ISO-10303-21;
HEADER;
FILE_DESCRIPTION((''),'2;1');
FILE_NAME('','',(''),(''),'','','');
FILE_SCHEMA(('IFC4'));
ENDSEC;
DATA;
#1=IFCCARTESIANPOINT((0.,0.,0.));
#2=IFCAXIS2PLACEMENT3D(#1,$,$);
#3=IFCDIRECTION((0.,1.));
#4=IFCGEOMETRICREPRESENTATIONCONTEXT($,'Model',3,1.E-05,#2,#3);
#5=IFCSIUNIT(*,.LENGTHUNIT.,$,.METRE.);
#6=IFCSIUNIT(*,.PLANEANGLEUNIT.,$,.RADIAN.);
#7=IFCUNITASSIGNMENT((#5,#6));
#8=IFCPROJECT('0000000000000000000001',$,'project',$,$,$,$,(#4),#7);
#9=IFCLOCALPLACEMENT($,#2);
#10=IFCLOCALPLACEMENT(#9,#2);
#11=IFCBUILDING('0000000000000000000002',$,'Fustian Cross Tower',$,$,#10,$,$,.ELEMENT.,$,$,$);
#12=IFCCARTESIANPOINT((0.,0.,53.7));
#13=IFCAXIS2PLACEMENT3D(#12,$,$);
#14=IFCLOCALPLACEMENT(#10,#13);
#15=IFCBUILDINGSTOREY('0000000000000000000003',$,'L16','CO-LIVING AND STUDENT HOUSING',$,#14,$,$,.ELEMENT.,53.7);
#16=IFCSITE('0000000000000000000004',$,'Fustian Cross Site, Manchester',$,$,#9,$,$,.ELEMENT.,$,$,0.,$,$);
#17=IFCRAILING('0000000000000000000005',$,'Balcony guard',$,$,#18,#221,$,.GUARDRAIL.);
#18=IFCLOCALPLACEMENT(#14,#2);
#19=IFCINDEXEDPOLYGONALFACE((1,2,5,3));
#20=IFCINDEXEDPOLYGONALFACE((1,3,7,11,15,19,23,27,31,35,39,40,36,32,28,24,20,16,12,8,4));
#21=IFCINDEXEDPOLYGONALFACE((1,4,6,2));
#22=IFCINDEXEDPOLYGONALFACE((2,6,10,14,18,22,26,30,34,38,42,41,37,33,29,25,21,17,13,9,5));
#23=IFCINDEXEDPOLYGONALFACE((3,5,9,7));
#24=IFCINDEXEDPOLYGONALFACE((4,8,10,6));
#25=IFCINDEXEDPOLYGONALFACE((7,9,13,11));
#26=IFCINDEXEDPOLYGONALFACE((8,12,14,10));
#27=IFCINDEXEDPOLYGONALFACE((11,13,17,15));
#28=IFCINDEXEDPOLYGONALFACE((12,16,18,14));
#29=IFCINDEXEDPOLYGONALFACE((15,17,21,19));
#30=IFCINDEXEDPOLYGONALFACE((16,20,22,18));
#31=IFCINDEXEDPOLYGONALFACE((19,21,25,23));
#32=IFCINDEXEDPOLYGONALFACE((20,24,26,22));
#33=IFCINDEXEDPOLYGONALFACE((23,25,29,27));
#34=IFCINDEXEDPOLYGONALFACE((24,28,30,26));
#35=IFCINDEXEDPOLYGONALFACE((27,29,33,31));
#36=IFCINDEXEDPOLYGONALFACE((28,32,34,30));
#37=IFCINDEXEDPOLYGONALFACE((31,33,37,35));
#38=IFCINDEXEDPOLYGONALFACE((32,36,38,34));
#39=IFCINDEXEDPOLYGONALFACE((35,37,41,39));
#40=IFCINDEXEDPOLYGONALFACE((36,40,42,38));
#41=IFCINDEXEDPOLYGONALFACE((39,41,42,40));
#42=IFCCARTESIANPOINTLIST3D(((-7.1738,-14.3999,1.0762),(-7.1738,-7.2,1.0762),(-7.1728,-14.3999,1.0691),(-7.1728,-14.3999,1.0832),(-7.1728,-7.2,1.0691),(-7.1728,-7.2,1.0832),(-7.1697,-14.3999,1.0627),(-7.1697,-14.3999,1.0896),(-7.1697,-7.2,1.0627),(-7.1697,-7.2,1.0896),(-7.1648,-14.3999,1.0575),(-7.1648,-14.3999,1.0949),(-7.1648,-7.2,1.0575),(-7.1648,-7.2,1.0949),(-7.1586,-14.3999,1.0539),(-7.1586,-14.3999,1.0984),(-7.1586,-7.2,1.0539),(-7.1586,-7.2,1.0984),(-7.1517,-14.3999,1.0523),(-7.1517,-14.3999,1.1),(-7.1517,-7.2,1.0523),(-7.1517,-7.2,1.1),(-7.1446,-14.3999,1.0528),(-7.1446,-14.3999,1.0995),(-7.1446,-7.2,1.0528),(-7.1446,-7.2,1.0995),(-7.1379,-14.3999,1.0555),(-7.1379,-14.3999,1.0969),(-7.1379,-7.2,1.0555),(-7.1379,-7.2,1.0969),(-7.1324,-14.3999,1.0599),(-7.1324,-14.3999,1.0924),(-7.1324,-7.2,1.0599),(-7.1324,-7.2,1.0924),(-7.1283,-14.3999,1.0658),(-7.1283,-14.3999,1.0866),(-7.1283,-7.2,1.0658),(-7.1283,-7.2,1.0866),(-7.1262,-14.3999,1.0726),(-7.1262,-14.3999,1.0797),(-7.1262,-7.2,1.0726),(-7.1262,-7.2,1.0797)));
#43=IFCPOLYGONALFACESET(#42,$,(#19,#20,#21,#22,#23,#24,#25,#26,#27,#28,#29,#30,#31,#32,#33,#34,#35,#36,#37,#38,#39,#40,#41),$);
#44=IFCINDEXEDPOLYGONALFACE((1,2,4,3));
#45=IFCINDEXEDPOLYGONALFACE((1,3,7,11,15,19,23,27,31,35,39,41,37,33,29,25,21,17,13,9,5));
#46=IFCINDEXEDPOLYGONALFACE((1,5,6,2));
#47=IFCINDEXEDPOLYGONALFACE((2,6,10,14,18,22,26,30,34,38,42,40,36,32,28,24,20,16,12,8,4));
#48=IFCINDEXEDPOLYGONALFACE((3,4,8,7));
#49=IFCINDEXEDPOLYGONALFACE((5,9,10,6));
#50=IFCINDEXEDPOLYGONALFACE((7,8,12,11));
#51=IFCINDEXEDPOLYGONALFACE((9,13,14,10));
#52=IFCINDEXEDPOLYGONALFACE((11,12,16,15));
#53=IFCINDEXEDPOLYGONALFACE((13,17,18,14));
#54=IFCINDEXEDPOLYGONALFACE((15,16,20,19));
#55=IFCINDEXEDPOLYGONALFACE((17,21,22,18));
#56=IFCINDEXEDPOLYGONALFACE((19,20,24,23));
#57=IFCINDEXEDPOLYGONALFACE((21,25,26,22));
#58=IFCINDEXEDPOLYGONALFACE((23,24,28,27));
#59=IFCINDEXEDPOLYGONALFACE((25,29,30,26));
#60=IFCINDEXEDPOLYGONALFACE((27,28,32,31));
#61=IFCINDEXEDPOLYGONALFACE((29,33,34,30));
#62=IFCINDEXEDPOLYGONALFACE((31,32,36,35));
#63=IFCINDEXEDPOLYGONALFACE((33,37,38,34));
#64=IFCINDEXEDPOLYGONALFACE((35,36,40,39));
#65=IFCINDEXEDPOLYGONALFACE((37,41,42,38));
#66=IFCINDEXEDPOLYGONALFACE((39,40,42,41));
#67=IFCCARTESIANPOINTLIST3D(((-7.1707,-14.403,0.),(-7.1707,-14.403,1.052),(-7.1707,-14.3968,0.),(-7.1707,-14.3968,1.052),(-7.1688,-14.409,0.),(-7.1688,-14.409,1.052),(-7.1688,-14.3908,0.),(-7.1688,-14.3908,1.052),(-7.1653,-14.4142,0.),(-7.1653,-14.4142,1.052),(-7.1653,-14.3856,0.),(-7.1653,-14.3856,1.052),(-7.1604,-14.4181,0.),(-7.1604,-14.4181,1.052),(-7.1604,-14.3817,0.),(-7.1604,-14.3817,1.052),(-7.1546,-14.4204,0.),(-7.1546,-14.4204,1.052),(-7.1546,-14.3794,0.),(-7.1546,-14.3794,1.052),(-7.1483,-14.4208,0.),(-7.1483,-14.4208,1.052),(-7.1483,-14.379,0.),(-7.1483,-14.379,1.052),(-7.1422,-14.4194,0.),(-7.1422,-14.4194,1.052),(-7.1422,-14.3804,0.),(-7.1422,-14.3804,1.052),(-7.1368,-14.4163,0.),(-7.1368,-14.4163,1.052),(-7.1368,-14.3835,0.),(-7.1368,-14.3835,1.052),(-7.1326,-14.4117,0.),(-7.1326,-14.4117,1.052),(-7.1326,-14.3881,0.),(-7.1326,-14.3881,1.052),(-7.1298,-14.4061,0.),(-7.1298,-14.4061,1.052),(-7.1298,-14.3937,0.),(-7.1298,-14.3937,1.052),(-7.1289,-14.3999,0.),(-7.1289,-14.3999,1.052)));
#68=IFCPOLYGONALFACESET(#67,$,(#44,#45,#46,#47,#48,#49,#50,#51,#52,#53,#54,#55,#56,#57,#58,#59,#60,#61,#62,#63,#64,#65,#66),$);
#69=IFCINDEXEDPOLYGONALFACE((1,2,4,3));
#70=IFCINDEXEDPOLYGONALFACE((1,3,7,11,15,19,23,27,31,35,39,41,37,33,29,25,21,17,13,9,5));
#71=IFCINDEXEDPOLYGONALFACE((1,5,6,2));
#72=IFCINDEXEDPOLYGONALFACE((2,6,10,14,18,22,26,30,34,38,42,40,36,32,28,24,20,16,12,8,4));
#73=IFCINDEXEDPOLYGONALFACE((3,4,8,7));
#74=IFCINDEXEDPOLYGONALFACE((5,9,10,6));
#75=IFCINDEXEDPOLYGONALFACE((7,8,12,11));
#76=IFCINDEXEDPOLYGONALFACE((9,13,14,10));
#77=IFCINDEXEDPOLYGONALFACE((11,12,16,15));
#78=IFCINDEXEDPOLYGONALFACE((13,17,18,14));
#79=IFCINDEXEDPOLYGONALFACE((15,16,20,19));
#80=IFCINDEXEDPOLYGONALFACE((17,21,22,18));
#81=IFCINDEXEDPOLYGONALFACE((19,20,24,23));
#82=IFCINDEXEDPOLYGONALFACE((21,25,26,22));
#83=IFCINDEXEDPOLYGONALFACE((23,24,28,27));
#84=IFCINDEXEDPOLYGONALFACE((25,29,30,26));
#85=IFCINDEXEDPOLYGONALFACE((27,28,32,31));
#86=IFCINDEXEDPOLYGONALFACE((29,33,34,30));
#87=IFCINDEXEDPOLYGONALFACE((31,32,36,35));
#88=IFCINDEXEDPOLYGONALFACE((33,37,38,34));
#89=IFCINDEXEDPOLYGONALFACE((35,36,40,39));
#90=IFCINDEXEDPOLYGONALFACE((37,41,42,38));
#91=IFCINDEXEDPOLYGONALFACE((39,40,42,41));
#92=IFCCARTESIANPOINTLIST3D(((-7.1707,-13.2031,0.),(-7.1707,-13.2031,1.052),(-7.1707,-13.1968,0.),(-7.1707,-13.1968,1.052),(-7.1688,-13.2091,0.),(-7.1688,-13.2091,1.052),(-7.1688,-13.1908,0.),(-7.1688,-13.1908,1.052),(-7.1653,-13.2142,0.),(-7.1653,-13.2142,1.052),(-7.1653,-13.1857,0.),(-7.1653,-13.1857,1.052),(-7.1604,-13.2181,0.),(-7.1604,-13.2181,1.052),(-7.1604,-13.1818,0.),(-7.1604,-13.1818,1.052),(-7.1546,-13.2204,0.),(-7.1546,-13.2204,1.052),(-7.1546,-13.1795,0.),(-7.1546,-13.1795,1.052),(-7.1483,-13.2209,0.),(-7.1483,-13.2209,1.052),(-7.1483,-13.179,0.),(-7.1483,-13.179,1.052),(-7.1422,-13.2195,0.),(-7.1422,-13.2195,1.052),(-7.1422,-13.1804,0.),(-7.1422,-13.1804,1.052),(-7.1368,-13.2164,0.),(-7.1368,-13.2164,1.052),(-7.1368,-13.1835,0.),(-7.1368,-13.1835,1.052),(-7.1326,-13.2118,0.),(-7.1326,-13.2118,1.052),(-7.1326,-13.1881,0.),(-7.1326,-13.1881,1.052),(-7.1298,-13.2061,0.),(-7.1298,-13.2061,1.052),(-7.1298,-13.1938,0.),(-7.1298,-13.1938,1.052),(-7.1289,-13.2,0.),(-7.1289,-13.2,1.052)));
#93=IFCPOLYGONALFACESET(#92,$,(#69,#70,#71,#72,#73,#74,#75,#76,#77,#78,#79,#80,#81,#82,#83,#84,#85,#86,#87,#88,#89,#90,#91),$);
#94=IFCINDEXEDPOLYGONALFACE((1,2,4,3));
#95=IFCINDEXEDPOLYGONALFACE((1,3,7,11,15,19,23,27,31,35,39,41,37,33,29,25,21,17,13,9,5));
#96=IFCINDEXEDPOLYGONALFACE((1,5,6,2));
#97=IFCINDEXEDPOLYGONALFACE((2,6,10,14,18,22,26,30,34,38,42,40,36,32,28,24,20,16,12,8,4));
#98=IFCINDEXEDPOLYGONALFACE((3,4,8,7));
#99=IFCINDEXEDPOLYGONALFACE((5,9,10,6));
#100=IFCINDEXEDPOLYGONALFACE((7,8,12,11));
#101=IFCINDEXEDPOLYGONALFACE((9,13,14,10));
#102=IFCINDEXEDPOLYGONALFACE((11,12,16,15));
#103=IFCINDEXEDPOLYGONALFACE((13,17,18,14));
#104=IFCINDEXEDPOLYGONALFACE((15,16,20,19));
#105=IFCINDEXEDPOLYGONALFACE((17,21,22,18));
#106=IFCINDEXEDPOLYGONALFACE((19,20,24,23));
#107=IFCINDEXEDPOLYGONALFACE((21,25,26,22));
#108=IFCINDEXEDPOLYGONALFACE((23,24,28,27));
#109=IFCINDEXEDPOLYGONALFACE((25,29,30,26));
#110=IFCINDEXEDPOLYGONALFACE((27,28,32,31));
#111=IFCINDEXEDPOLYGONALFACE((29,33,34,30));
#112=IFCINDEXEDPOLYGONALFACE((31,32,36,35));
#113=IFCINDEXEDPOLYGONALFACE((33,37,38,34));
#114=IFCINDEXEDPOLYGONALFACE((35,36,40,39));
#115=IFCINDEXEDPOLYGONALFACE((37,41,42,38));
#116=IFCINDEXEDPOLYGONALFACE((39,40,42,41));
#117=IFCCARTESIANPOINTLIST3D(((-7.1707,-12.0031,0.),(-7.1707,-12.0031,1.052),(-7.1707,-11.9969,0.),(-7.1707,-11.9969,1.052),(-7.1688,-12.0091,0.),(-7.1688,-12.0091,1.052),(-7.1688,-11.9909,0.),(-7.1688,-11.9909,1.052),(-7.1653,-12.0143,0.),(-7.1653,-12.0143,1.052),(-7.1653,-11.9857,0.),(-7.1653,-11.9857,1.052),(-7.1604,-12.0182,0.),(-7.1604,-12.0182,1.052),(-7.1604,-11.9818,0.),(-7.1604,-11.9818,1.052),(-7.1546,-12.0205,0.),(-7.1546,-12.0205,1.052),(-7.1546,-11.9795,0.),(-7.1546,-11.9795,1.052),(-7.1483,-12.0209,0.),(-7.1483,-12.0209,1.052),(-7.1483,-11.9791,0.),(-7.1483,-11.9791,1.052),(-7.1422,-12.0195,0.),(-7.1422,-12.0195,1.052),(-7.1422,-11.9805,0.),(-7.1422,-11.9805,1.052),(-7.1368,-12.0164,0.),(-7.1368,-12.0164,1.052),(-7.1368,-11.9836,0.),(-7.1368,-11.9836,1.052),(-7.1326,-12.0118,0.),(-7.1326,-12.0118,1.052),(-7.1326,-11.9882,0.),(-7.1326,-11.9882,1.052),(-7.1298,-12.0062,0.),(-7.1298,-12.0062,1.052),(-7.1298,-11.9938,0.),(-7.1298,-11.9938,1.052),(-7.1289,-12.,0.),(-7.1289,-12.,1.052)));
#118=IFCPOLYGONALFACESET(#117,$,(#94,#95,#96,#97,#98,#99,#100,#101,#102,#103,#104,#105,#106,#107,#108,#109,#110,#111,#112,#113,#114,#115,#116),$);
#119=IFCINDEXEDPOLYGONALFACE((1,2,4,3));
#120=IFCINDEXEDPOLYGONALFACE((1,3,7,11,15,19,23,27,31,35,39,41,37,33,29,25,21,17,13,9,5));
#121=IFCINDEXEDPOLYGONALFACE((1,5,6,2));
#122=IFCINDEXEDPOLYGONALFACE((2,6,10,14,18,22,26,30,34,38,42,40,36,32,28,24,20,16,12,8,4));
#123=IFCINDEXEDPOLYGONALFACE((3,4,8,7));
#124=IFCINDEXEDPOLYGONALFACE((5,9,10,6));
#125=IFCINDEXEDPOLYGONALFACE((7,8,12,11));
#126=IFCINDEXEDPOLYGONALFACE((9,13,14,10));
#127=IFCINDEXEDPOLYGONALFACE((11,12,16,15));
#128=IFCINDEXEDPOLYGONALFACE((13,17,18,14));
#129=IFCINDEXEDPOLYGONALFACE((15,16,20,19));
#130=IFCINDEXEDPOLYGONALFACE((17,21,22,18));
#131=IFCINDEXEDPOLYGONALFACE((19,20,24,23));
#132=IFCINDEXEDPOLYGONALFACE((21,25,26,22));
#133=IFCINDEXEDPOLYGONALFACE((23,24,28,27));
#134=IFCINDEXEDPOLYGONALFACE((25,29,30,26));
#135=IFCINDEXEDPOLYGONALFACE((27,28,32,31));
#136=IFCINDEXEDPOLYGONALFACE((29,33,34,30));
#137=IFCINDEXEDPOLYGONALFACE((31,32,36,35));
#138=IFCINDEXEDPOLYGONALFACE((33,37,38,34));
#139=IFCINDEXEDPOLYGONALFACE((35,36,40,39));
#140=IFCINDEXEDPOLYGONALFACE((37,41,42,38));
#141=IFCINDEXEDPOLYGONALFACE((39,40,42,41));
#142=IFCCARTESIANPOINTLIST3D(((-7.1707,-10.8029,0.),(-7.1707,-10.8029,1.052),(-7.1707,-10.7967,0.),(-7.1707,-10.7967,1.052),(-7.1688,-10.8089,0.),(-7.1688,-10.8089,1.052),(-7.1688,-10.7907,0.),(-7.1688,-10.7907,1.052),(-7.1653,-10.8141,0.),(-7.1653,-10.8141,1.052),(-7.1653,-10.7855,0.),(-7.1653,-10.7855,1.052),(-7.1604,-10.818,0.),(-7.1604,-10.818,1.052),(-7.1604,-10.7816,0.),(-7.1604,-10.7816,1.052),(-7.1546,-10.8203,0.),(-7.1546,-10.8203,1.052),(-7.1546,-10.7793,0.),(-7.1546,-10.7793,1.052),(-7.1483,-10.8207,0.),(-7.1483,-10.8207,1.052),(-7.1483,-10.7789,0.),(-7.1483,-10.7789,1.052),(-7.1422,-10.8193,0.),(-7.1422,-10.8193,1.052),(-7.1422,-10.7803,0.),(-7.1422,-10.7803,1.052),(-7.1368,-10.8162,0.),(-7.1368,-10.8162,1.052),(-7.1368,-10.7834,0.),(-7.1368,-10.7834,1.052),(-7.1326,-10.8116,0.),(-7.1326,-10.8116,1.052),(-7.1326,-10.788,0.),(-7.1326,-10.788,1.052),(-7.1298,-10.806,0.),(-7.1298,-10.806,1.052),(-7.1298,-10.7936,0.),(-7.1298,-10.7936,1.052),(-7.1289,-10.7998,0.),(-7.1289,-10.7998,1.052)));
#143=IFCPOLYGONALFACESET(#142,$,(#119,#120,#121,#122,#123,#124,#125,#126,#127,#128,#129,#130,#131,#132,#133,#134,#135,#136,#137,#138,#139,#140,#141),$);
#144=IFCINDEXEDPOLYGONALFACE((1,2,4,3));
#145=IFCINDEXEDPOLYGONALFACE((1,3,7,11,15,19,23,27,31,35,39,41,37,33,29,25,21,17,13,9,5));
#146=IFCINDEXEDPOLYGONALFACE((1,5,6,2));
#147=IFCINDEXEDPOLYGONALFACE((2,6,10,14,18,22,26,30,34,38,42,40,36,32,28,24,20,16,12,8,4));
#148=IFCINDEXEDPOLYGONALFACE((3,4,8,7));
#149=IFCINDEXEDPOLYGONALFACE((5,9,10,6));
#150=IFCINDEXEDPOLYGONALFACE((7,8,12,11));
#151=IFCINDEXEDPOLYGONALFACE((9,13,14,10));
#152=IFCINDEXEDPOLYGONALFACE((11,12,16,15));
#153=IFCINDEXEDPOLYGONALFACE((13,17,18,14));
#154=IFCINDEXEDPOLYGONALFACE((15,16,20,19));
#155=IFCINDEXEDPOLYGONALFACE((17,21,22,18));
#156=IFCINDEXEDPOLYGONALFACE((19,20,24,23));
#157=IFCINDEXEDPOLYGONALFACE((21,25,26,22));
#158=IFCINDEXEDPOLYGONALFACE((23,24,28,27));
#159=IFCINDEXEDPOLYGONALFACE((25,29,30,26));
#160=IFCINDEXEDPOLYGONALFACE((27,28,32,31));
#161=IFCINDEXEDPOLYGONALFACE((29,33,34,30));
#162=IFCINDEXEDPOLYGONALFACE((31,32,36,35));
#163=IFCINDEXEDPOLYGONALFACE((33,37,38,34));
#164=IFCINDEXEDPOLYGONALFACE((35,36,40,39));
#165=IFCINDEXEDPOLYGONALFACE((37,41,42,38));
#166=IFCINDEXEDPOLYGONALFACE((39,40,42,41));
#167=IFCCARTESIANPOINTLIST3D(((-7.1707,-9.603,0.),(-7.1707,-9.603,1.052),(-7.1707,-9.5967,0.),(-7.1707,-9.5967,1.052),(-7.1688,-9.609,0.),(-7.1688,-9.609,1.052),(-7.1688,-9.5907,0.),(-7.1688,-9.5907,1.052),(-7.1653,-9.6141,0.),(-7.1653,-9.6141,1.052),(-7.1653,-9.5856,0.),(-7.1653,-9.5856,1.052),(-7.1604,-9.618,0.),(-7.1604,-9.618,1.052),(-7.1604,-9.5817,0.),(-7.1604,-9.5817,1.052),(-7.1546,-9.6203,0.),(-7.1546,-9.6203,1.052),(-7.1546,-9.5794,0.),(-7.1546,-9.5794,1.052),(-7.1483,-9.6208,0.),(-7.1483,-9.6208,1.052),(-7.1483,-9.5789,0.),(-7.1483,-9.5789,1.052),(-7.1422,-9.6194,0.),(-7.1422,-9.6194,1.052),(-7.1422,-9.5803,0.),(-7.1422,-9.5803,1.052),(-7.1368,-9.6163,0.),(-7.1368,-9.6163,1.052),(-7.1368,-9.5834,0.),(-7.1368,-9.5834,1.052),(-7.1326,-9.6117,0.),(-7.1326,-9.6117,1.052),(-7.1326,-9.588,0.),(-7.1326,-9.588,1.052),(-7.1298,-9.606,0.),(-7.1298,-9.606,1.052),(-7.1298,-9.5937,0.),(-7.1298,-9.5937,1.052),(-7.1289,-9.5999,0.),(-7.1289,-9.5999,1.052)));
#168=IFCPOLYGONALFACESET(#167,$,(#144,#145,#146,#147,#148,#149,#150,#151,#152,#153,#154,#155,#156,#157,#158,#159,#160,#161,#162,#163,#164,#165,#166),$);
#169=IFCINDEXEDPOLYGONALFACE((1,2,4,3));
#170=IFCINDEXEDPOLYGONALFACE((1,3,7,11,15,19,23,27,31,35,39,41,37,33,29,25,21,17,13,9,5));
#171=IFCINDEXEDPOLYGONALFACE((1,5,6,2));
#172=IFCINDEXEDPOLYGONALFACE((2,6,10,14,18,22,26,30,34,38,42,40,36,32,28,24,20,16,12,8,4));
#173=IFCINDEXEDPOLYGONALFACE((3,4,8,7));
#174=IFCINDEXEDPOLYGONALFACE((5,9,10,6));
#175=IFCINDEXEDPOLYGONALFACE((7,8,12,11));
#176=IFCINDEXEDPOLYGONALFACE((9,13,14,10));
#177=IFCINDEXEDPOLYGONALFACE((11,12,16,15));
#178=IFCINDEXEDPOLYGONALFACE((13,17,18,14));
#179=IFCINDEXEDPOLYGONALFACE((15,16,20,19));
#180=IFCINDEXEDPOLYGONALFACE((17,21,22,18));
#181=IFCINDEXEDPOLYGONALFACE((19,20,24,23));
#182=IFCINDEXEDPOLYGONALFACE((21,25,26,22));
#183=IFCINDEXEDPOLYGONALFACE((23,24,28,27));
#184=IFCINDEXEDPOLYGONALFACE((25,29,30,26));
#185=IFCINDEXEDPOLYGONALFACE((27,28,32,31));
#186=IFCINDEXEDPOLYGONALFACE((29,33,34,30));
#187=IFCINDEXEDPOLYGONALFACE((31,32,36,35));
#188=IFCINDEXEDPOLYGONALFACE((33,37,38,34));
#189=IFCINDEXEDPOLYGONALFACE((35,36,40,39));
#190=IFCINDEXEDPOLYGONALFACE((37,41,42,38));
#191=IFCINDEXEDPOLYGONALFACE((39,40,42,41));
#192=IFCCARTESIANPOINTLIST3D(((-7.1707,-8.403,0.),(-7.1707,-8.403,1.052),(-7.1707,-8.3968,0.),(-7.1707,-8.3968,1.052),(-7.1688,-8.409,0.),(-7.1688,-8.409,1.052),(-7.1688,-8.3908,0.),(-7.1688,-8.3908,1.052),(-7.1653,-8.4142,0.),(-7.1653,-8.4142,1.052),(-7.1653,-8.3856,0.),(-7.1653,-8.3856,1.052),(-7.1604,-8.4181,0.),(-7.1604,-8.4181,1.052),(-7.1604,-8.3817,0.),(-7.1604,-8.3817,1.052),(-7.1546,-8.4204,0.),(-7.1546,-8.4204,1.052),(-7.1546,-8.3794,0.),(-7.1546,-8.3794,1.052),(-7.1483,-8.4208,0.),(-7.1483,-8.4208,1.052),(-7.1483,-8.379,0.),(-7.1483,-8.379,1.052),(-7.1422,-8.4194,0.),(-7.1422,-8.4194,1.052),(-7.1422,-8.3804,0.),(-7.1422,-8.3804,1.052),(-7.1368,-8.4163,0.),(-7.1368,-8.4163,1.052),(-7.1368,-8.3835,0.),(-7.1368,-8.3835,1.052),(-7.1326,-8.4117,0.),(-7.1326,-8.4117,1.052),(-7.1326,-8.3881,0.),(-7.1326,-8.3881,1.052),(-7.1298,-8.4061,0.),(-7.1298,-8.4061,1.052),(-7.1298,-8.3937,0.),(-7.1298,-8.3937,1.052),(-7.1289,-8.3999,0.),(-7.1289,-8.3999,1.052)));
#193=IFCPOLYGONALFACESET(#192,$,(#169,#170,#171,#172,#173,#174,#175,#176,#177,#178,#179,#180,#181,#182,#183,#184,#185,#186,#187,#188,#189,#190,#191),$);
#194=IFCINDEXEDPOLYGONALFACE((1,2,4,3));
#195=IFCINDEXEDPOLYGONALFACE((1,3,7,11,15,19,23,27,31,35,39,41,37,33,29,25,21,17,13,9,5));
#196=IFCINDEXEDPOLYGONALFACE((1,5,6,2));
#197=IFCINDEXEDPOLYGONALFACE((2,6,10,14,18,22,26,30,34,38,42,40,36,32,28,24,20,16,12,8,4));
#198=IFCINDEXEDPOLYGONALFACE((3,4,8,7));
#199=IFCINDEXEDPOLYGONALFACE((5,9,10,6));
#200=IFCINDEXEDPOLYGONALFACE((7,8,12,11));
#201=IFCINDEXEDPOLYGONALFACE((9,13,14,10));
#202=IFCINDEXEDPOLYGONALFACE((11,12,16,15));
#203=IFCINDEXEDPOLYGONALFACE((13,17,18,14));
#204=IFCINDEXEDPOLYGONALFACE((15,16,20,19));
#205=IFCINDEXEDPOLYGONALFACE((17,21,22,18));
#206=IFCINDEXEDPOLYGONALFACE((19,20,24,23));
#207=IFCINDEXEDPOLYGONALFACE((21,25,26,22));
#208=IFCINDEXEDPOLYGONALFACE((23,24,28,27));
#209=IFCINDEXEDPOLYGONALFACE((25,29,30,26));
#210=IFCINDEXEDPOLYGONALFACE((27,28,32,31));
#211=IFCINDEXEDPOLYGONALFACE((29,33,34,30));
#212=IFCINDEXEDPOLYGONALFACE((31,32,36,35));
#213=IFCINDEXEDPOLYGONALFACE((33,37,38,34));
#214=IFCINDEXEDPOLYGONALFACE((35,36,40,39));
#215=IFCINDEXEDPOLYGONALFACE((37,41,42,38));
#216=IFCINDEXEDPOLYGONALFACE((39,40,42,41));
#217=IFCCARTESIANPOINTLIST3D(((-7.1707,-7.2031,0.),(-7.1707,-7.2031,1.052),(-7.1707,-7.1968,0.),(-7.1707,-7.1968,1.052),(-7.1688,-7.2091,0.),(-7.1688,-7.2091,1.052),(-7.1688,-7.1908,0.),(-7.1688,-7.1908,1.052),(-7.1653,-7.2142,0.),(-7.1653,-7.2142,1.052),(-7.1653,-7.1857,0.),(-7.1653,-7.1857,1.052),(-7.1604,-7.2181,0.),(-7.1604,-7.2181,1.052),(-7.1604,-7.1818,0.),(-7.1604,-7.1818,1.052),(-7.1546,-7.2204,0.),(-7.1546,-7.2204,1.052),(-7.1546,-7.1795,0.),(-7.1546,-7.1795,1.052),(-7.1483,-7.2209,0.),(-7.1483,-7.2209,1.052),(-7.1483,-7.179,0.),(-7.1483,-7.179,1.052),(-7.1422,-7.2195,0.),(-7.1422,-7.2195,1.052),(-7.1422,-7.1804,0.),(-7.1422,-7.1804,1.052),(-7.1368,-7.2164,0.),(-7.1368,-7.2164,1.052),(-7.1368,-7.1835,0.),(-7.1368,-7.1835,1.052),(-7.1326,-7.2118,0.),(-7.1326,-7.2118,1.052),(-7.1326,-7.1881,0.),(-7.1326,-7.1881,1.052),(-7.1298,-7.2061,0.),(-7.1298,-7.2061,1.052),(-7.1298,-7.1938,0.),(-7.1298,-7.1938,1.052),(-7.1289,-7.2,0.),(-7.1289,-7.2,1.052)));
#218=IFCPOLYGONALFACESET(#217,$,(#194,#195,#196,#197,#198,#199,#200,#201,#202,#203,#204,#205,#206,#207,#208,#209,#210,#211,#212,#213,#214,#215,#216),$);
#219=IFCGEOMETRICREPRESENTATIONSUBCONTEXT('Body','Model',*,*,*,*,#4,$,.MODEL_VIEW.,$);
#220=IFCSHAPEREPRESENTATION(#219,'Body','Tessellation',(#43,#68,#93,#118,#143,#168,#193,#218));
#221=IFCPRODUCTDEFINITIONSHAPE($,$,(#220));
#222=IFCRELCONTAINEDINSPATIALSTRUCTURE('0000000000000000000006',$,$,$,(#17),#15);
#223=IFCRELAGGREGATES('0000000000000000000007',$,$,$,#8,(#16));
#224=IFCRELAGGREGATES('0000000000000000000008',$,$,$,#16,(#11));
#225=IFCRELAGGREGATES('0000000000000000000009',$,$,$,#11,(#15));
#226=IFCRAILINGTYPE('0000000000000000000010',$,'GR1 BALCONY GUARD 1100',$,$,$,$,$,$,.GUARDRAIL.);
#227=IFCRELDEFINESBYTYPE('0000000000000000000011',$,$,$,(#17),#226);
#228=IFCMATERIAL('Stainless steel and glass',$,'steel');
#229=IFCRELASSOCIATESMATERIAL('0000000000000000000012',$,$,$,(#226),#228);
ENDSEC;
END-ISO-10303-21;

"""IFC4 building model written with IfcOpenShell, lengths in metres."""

from ifc_helpers import new_model, si_unit, direction, frame, origin, origin_2d, place, context, subcontext, project, spatial, circle, extrude, material, type_object, element, save


model = new_model("IFC4")

# Units and contexts
model_context = context("Model", 3, precision=1e-05, world=origin(), true_north=direction((0.0, 1.0)))
body_context = subcontext(model_context, "Body", "Model", "MODEL_VIEW")
ifc_project = project(units=[si_unit("LENGTHUNIT", "METRE"), si_unit("PLANEANGLEUNIT", "RADIAN")], contexts=[model_context])

# Site, building, storey
site_placement = place(None, origin())
site = spatial("IfcSite", under=ifc_project, at=site_placement, Name="Fustian Cross Site, Manchester", CompositionType="ELEMENT", RefElevation=0.0)
building_placement = place(site_placement, origin())
building = spatial("IfcBuilding", under=site, at=building_placement, Name="Fustian Cross Tower", CompositionType="ELEMENT")
storey_placement = place(building_placement, frame((0.0, 0.0, 53.7)))
storey = spatial("IfcBuildingStorey", under=building, at=storey_placement, Name="L16", Description="CO-LIVING AND STUDENT HOUSING", CompositionType="ELEMENT", Elevation=53.7)

# Railing
ifc_material_1 = material(Name="Stainless steel and glass", Category="steel")
railing_type = type_object("IfcRailingType", Name="GR1 BALCONY GUARD 1100", PredefinedType="GUARDRAIL", material=ifc_material_1)
railing_placement = place(storey_placement, frame((-7.1499, -14.3999, 0.0)))
element("IfcRailing", 1, at=railing_placement, inside=storey, type_object=railing_type, Name="Balcony guard", PredefinedType="GUARDRAIL", context=body_context, shape_type="SweptSolid", body=[
    extrude(circle(Radius=0.0239, at=origin_2d()), frame((0.0, 0.0, 1.0762), z_axis=(0.0, 1.0, 0.0), x_axis=(-1.0, 0.0, 0.0)), (0.0, 0.0, 1.0), 7.2),
    extrude(circle(Radius=0.021, at=origin_2d()), origin(), (0.0, 0.0, 1.0), 1.052),
    extrude(circle(Radius=0.021, at=origin_2d()), frame((0.0, 1.2, 0.0)), (0.0, 0.0, 1.0), 1.052),
    extrude(circle(Radius=0.021, at=origin_2d()), frame((0.0, 2.3999, 0.0)), (0.0, 0.0, 1.0), 1.052),
    extrude(circle(Radius=0.021, at=origin_2d()), frame((0.0, 3.6001, 0.0)), (0.0, 0.0, 1.0), 1.052),
    extrude(circle(Radius=0.021, at=origin_2d()), frame((0.0, 4.8, 0.0)), (0.0, 0.0, 1.0), 1.052),
    extrude(circle(Radius=0.021, at=origin_2d()), frame((0.0, 6.0, 0.0)), (0.0, 0.0, 1.0), 1.052),
    extrude(circle(Radius=0.021, at=origin_2d()), frame((0.0, 7.2, 0.0)), (0.0, 0.0, 1.0), 1.052),
])

save(model, "model.ifc")
